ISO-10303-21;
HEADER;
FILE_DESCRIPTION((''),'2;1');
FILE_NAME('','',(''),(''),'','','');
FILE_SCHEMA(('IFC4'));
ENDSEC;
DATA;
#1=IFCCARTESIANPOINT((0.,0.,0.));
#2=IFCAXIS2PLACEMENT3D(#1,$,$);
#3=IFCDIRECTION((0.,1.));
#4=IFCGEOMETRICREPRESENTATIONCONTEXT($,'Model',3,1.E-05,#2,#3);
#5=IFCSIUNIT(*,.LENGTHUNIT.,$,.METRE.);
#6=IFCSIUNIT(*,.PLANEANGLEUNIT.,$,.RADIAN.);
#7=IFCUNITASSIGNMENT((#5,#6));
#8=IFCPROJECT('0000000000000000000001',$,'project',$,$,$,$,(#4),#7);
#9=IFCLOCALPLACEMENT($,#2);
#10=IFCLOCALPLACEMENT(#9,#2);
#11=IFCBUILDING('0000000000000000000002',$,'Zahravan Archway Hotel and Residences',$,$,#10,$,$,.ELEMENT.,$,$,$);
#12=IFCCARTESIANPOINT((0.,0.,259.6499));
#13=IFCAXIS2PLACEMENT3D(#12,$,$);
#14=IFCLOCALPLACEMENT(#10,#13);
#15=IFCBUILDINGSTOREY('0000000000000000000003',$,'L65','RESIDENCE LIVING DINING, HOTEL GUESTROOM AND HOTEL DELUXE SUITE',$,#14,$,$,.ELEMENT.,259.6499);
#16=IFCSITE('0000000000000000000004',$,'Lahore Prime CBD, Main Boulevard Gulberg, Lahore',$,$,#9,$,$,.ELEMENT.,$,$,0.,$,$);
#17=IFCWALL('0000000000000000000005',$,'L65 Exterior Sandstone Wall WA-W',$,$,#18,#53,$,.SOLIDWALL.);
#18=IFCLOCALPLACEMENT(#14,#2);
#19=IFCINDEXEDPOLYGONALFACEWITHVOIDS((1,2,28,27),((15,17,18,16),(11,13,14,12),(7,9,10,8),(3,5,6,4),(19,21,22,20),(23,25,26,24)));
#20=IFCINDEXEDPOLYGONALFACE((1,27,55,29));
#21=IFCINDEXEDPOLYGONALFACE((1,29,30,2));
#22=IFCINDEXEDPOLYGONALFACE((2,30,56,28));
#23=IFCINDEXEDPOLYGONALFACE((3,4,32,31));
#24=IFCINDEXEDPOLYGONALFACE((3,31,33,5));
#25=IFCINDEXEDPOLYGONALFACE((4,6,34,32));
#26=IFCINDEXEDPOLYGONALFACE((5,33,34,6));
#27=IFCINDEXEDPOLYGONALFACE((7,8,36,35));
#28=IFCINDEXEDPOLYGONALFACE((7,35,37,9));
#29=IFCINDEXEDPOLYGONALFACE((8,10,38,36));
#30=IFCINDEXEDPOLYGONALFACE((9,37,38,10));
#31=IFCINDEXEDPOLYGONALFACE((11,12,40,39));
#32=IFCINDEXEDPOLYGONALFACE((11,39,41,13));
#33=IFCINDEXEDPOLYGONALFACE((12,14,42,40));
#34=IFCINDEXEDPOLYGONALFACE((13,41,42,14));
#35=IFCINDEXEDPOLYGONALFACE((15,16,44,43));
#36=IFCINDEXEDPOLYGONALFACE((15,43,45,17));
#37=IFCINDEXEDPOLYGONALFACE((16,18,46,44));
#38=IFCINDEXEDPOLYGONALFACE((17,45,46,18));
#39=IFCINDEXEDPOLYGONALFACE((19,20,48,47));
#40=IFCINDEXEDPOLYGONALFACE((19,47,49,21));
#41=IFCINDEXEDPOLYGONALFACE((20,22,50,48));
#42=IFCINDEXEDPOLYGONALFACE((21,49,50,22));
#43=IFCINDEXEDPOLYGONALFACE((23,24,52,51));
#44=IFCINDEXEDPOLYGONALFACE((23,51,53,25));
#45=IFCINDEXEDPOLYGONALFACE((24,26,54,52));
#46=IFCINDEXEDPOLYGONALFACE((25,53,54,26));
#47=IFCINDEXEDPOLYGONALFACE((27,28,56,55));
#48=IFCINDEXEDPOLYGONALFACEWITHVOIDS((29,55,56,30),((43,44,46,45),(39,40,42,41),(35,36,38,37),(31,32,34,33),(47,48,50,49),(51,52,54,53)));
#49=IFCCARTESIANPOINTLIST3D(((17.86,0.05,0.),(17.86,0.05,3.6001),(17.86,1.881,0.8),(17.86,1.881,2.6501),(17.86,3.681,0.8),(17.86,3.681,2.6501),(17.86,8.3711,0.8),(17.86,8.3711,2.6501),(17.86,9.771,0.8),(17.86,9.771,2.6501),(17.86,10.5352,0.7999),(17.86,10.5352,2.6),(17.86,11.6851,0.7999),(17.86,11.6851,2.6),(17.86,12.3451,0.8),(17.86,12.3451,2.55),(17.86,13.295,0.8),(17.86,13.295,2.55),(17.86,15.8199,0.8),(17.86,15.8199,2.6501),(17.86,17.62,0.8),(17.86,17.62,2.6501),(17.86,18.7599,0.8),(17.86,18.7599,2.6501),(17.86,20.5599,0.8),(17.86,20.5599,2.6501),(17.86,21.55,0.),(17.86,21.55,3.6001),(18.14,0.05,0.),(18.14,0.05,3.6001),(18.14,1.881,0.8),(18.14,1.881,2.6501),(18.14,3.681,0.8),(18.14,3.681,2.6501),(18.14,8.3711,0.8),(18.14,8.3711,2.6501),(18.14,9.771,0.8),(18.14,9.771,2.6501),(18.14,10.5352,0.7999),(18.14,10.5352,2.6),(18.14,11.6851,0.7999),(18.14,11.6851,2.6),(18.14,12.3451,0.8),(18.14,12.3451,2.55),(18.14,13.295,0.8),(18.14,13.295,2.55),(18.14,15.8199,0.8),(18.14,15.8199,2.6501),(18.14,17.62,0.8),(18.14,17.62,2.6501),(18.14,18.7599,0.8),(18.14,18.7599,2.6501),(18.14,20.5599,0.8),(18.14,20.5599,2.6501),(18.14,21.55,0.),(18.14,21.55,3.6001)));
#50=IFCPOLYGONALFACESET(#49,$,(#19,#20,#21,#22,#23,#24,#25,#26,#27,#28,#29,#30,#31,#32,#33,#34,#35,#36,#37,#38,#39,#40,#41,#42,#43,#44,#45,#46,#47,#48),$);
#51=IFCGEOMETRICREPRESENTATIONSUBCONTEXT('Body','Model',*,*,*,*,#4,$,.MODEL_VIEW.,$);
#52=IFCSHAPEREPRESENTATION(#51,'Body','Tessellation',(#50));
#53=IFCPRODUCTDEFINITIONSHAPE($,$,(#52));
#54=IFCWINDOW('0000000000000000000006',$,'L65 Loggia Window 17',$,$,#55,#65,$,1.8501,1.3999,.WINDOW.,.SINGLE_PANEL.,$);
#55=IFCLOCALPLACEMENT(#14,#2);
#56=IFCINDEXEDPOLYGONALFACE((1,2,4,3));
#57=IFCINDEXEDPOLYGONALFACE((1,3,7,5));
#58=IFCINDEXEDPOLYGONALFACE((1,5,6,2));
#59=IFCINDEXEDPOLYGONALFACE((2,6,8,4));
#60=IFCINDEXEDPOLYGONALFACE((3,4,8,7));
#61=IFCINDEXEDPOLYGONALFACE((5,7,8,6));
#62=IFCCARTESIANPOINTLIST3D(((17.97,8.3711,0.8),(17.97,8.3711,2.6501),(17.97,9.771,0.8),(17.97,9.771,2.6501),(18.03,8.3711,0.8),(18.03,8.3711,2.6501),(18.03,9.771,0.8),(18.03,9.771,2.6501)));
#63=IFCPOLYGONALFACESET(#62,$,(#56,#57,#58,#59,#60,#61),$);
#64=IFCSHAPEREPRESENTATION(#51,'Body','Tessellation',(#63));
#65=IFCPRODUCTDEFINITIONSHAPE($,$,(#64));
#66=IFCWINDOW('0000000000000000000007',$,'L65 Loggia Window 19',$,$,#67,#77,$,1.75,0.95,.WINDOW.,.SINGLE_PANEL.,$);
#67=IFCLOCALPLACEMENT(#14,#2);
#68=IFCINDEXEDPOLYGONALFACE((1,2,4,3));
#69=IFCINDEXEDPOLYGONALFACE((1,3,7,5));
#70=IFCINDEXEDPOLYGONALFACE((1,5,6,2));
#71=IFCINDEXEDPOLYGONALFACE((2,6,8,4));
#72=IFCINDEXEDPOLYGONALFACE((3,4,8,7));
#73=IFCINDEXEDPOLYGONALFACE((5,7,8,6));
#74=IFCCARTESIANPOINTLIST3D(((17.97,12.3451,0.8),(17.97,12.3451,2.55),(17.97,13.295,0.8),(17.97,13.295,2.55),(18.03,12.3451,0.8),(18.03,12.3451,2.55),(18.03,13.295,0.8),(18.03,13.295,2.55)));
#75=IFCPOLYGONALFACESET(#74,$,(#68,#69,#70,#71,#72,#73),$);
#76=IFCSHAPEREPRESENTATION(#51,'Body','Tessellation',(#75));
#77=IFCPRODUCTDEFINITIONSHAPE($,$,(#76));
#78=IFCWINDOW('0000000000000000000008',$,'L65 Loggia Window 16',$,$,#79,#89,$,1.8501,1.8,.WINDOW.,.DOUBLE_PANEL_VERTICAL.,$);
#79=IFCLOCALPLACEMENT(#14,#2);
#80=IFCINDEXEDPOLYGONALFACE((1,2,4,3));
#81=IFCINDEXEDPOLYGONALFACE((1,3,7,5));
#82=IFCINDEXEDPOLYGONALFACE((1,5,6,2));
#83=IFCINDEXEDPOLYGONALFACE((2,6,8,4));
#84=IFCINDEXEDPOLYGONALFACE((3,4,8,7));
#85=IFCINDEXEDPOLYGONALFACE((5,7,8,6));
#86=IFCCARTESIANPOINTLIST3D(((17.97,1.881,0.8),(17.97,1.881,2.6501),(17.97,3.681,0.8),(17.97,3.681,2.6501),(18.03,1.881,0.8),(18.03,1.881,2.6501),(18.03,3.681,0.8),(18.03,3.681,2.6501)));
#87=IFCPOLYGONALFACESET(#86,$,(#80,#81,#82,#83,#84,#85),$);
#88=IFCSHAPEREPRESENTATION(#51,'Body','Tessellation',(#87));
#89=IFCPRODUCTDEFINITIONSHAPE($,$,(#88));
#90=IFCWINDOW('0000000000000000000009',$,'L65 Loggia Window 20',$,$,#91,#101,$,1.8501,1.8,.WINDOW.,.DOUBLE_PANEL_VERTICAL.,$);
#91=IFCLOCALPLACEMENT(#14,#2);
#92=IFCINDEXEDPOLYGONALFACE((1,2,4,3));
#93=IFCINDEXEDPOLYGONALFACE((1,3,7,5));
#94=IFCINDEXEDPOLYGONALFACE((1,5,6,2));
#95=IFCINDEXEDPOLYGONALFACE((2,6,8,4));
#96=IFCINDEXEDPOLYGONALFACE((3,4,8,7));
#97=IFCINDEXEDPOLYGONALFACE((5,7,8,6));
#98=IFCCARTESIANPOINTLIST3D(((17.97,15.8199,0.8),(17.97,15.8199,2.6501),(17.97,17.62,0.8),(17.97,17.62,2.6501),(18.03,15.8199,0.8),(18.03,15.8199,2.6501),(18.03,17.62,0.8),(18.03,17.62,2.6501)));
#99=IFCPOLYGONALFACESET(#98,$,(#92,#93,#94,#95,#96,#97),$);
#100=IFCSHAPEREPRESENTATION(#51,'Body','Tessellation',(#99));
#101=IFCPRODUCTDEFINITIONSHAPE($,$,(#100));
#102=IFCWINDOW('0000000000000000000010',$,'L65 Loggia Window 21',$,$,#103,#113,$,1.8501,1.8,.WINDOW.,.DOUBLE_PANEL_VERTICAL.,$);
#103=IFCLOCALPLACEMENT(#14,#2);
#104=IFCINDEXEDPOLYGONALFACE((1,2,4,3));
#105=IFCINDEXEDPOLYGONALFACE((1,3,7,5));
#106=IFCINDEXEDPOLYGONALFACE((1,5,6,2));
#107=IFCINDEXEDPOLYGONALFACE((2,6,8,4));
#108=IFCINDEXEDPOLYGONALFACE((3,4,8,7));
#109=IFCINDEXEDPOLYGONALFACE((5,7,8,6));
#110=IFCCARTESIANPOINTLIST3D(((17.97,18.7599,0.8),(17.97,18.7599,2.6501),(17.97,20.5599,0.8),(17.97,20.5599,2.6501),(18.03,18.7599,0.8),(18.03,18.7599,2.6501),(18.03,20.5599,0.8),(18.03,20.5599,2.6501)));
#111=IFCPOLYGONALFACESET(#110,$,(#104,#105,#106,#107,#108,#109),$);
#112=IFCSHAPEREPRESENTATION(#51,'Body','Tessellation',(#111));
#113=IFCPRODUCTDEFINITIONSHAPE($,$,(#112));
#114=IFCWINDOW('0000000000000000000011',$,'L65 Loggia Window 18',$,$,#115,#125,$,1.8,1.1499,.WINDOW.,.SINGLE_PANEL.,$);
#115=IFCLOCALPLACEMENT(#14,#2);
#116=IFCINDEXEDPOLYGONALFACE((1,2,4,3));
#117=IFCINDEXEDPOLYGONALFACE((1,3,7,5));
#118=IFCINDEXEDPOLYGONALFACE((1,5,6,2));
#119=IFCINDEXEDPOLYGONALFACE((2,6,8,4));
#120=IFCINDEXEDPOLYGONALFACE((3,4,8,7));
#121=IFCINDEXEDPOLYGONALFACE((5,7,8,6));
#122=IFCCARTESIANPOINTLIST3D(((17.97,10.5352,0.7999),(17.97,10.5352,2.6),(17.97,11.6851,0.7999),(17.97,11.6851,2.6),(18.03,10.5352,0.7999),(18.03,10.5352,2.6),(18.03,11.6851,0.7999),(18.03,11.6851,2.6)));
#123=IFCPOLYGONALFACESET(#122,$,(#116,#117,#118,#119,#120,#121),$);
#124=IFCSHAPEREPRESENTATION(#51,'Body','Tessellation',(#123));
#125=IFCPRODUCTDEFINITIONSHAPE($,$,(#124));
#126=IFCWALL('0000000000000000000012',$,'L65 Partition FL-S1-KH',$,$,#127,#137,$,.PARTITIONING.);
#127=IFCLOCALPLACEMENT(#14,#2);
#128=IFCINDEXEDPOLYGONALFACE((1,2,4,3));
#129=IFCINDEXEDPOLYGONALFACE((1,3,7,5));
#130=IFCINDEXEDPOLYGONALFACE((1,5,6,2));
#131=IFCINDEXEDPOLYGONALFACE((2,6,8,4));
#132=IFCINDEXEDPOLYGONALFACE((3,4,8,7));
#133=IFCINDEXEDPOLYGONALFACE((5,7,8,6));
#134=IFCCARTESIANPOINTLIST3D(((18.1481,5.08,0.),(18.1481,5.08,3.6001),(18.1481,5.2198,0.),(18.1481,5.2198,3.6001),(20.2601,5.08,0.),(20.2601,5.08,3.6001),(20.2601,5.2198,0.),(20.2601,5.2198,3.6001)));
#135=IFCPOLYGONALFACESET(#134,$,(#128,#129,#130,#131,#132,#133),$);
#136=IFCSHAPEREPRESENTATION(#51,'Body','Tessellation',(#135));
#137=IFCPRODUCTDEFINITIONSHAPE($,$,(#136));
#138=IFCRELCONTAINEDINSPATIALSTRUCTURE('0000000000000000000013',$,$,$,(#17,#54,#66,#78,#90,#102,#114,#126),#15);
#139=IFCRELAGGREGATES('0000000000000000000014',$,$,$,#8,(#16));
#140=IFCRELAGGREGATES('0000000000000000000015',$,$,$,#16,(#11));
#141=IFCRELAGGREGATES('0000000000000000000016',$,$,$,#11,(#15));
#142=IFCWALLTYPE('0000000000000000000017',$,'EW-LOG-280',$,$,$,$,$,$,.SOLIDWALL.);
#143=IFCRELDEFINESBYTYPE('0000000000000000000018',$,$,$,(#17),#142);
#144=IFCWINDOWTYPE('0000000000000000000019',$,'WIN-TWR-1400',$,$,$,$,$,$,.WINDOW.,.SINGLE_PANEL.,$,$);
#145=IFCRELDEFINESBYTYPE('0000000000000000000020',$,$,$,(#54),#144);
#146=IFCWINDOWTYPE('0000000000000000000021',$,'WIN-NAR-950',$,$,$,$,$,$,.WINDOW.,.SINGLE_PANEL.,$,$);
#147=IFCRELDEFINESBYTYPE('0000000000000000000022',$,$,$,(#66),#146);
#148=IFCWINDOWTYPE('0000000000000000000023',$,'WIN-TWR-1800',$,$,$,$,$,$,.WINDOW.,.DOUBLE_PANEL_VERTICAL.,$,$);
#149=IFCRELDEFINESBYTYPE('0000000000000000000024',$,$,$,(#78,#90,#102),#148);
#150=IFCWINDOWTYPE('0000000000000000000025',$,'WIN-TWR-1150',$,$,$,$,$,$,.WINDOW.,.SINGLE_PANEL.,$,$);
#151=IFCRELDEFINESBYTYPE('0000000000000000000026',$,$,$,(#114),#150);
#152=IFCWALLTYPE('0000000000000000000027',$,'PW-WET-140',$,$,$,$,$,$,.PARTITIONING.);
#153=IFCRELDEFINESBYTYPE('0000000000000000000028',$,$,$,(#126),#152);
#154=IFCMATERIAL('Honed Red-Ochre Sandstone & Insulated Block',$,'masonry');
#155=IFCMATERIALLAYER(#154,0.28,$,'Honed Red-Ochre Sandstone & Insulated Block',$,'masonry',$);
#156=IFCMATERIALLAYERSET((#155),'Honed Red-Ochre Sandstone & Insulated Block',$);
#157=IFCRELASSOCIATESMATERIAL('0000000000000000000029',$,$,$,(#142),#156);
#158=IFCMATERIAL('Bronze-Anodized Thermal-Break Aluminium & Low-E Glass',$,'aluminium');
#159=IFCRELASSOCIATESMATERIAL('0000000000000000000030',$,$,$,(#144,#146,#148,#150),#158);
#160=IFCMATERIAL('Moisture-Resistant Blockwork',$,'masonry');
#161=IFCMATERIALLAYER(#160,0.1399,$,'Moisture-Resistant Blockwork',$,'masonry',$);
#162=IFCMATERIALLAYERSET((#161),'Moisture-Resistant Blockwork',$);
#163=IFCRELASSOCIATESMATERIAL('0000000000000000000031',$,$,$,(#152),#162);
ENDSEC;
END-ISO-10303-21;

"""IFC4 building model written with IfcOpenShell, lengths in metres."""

from ifc_helpers import new_model, si_unit, direction, frame, frame_2d, origin, place, context, subcontext, project, spatial, rectangle, extrude, source, transform, mapped, material, layer, layer_set, type_object, type_shapes, element, fill, save


model = new_model("IFC4")

# Units and contexts
model_context = context("Model", 3, precision=1e-05, world=origin(), true_north=direction((0.0, 1.0)))
body_context = subcontext(model_context, "Body", "Model", "MODEL_VIEW")
ifc_project = project(units=[si_unit("LENGTHUNIT", "METRE"), si_unit("PLANEANGLEUNIT", "RADIAN")], contexts=[model_context])

# Site, building, storey
site_placement = place(None, origin())
site = spatial("IfcSite", under=ifc_project, at=site_placement, Name="Lahore Prime CBD, Main Boulevard Gulberg, Lahore", CompositionType="ELEMENT", RefElevation=0.0)
building_placement = place(site_placement, origin())
building = spatial("IfcBuilding", under=site, at=building_placement, Name="Zahravan Archway Hotel and Residences", CompositionType="ELEMENT")
storey_placement = place(building_placement, frame((0.0, 0.0, 259.6499)))
storey = spatial("IfcBuildingStorey", under=building, at=storey_placement, Name="L65", Description="RESIDENCE LIVING DINING, HOTEL GUESTROOM AND HOTEL DELUXE SUITE", CompositionType="ELEMENT", Elevation=259.6499)

# Shared definitions
ifc_material_1 = material(Name="Honed Red-Ochre Sandstone & Insulated Block", Category="masonry")
ifc_layer_1 = layer(ifc_material_1, 0.28, Name="Honed Red-Ochre Sandstone & Insulated Block", Category="masonry")
ifc_layer_set_1 = layer_set([ifc_layer_1], Name="Honed Red-Ochre Sandstone & Insulated Block")
wall_type_1 = type_object("IfcWallType", Name="EW-LOG-280", PredefinedType="SOLIDWALL", material=ifc_layer_set_1)
ifc_material_2 = material(Name="Bronze-Anodized Thermal-Break Aluminium & Low-E Glass", Category="aluminium")
window_type_1 = type_object("IfcWindowType", Name="WIN-TWR-1400", PartitioningType="SINGLE_PANEL", PredefinedType="WINDOW", material=ifc_material_2)
shared_shape_1 = source(origin(), body_context, "Body", "SweptSolid", [
    extrude(rectangle(XDim=1.3999, YDim=1.8501, at=frame_2d((0.7, 0.925))), frame((0.0, 0.03, 0.0), z_axis=(0.0, -1.0, 0.0), x_axis=(1.0, 0.0, 0.0)), (0.0, 0.0, 1.0), 0.0601),
])
type_shapes(window_type_1, [shared_shape_1])
window_type_2 = type_object("IfcWindowType", Name="WIN-NAR-950", PartitioningType="SINGLE_PANEL", PredefinedType="WINDOW", material=ifc_material_2)
shared_shape_2 = source(origin(), body_context, "Body", "SweptSolid", [
    extrude(rectangle(XDim=0.95, YDim=1.75, at=frame_2d((0.4751, 0.875))), frame((0.0, 0.03, 0.0), z_axis=(0.0, -1.0, 0.0), x_axis=(1.0, 0.0, 0.0)), (0.0, 0.0, 1.0), 0.0601),
])
type_shapes(window_type_2, [shared_shape_2])
window_type_3 = type_object("IfcWindowType", Name="WIN-TWR-1800", PartitioningType="DOUBLE_PANEL_VERTICAL", PredefinedType="WINDOW", material=ifc_material_2)
shared_shape_3 = source(origin(), body_context, "Body", "SweptSolid", [
    extrude(rectangle(XDim=1.8, YDim=1.8501, at=frame_2d((0.8999, 0.925))), frame((0.0, 0.03, 0.0), z_axis=(0.0, -1.0, 0.0), x_axis=(1.0, 0.0, 0.0)), (0.0, 0.0, 1.0), 0.0601),
])
type_shapes(window_type_3, [shared_shape_3])

# Wall, openings, windows
wall_1_placement = place(storey_placement, frame((18.0, 0.05, 0.0), z_axis=(0.0, 0.0, 1.0), x_axis=(0.0, 1.0, 0.0)))
wall_1 = element("IfcWall", 1, at=wall_1_placement, inside=storey, type_object=wall_type_1, Name="L65 Exterior Sandstone Wall WA-W", PredefinedType="SOLIDWALL", context=body_context, shape_type="SweptSolid", body=[
    extrude(rectangle(XDim=21.5, YDim=0.28, at=frame_2d((10.75, 0.0))), origin(), (0.0, 0.0, 1.0), 3.6001),
])
opening_1_placement = place(wall_1_placement, frame((1.8311, 0.0, 0.8)))
opening_1 = element("IfcOpeningElement", 2, at=opening_1_placement, cuts=wall_1, PredefinedType="OPENING", context=body_context, shape_type="SweptSolid", body=[
    extrude(rectangle(XDim=1.8, YDim=1.8501, at=frame_2d((0.8999, 0.925))), frame((0.0, 0.1499, 0.0), z_axis=(0.0, -1.0, 0.0), x_axis=(1.0, 0.0, 0.0)), (0.0, 0.0, 1.0), 0.3),
])
opening_2_placement = place(wall_1_placement, frame((8.321, 0.0, 0.8)))
opening_2 = element("IfcOpeningElement", 3, at=opening_2_placement, cuts=wall_1, PredefinedType="OPENING", context=body_context, shape_type="SweptSolid", body=[
    extrude(rectangle(XDim=1.3999, YDim=1.8501, at=frame_2d((0.7, 0.925))), frame((0.0, 0.1499, 0.0), z_axis=(0.0, -1.0, 0.0), x_axis=(1.0, 0.0, 0.0)), (0.0, 0.0, 1.0), 0.3),
])
opening_3_placement = place(wall_1_placement, frame((10.4851, 0.0, 0.8)))
opening_3 = element("IfcOpeningElement", 4, at=opening_3_placement, cuts=wall_1, PredefinedType="OPENING", context=body_context, shape_type="SweptSolid", body=[
    extrude(rectangle(XDim=1.1499, YDim=1.8, at=frame_2d((0.575, 0.8999))), frame((0.0, 0.1499, 0.0), z_axis=(0.0, -1.0, 0.0), x_axis=(1.0, 0.0, 0.0)), (0.0, 0.0, 1.0), 0.3),
])
opening_4_placement = place(wall_1_placement, frame((12.2949, 0.0, 0.8)))
opening_4 = element("IfcOpeningElement", 5, at=opening_4_placement, cuts=wall_1, PredefinedType="OPENING", context=body_context, shape_type="SweptSolid", body=[
    extrude(rectangle(XDim=0.95, YDim=1.75, at=frame_2d((0.4751, 0.875))), frame((0.0, 0.1499, 0.0), z_axis=(0.0, -1.0, 0.0), x_axis=(1.0, 0.0, 0.0)), (0.0, 0.0, 1.0), 0.3),
])
opening_5_placement = place(wall_1_placement, frame((15.77, 0.0, 0.8)))
opening_5 = element("IfcOpeningElement", 6, at=opening_5_placement, cuts=wall_1, PredefinedType="OPENING", context=body_context, shape_type="SweptSolid", body=[
    extrude(rectangle(XDim=1.8, YDim=1.8501, at=frame_2d((0.8999, 0.925))), frame((0.0, 0.1499, 0.0), z_axis=(0.0, -1.0, 0.0), x_axis=(1.0, 0.0, 0.0)), (0.0, 0.0, 1.0), 0.3),
])
opening_6_placement = place(wall_1_placement, frame((18.71, 0.0, 0.8)))
opening_6 = element("IfcOpeningElement", 7, at=opening_6_placement, cuts=wall_1, PredefinedType="OPENING", context=body_context, shape_type="SweptSolid", body=[
    extrude(rectangle(XDim=1.8, YDim=1.8501, at=frame_2d((0.8999, 0.925))), frame((0.0, 0.1499, 0.0), z_axis=(0.0, -1.0, 0.0), x_axis=(1.0, 0.0, 0.0)), (0.0, 0.0, 1.0), 0.3),
])
window_1_placement = place(opening_2_placement, origin())
window_1 = element("IfcWindow", 8, at=window_1_placement, inside=storey, type_object=window_type_1, Name="L65 Loggia Window 17", OverallHeight=1.8501, OverallWidth=1.3999, PartitioningType="SINGLE_PANEL", PredefinedType="WINDOW", context=body_context, shape_type="MappedRepresentation", body=[
    mapped(shared_shape_1, transform((0.0, 0.0, 0.0), scale=1.0)),
])
fill(opening_2, window_1)
window_2_placement = place(opening_4_placement, origin())
window_2 = element("IfcWindow", 9, at=window_2_placement, inside=storey, type_object=window_type_2, Name="L65 Loggia Window 19", OverallHeight=1.75, OverallWidth=0.95, PartitioningType="SINGLE_PANEL", PredefinedType="WINDOW", context=body_context, shape_type="MappedRepresentation", body=[
    mapped(shared_shape_2, transform((0.0, 0.0, 0.0), scale=1.0)),
])
fill(opening_4, window_2)
window_3_placement = place(opening_1_placement, origin())
window_3 = element("IfcWindow", 10, at=window_3_placement, inside=storey, type_object=window_type_3, Name="L65 Loggia Window 16", OverallHeight=1.8501, OverallWidth=1.8, PartitioningType="DOUBLE_PANEL_VERTICAL", PredefinedType="WINDOW", context=body_context, shape_type="MappedRepresentation", body=[
    mapped(shared_shape_3, transform((0.0, 0.0, 0.0), scale=1.0)),
])
fill(opening_1, window_3)
window_4_placement = place(opening_5_placement, origin())
window_4 = element("IfcWindow", 11, at=window_4_placement, inside=storey, type_object=window_type_3, Name="L65 Loggia Window 20", OverallHeight=1.8501, OverallWidth=1.8, PartitioningType="DOUBLE_PANEL_VERTICAL", PredefinedType="WINDOW", context=body_context, shape_type="MappedRepresentation", body=[
    mapped(shared_shape_3, transform((0.0, 0.0, 0.0), scale=1.0)),
])
fill(opening_5, window_4)
window_5_placement = place(opening_6_placement, origin())
window_5 = element("IfcWindow", 12, at=window_5_placement, inside=storey, type_object=window_type_3, Name="L65 Loggia Window 21", OverallHeight=1.8501, OverallWidth=1.8, PartitioningType="DOUBLE_PANEL_VERTICAL", PredefinedType="WINDOW", context=body_context, shape_type="MappedRepresentation", body=[
    mapped(shared_shape_3, transform((0.0, 0.0, 0.0), scale=1.0)),
])
fill(opening_6, window_5)
window_type_4 = type_object("IfcWindowType", Name="WIN-TWR-1150", PartitioningType="SINGLE_PANEL", PredefinedType="WINDOW", material=ifc_material_2)
shared_shape_4 = source(origin(), body_context, "Body", "SweptSolid", [
    extrude(rectangle(XDim=1.1499, YDim=1.8, at=frame_2d((0.575, 0.8999))), frame((0.0, 0.03, 0.0), z_axis=(0.0, -1.0, 0.0), x_axis=(1.0, 0.0, 0.0)), (0.0, 0.0, 1.0), 0.0601),
])
type_shapes(window_type_4, [shared_shape_4])
window_6_placement = place(opening_3_placement, origin())
window_6 = element("IfcWindow", 13, at=window_6_placement, inside=storey, type_object=window_type_4, Name="L65 Loggia Window 18", OverallHeight=1.8, OverallWidth=1.1499, PartitioningType="SINGLE_PANEL", PredefinedType="WINDOW", context=body_context, shape_type="MappedRepresentation", body=[
    mapped(shared_shape_4, transform((0.0, 0.0, 0.0), scale=1.0)),
])
fill(opening_3, window_6)

# Wall
ifc_material_3 = material(Name="Moisture-Resistant Blockwork", Category="masonry")
ifc_layer_2 = layer(ifc_material_3, 0.1399, Name="Moisture-Resistant Blockwork", Category="masonry")
ifc_layer_set_2 = layer_set([ifc_layer_2], Name="Moisture-Resistant Blockwork")
wall_type_2 = type_object("IfcWallType", Name="PW-WET-140", PredefinedType="PARTITIONING", material=ifc_layer_set_2)
wall_2_placement = place(storey_placement, frame((18.1479, 5.1499, 0.0), z_axis=(0.0, 0.0, 1.0), x_axis=(1.0, 0.0, 0.0)))
element("IfcWall", 14, at=wall_2_placement, inside=storey, type_object=wall_type_2, Name="L65 Partition FL-S1-KH", PredefinedType="PARTITIONING", context=body_context, shape_type="SweptSolid", body=[
    extrude(rectangle(XDim=2.1121, YDim=0.1399, at=frame_2d((1.0562, 0.0))), origin(), (0.0, 0.0, 1.0), 3.6001),
])

save(model, "model.ifc")
